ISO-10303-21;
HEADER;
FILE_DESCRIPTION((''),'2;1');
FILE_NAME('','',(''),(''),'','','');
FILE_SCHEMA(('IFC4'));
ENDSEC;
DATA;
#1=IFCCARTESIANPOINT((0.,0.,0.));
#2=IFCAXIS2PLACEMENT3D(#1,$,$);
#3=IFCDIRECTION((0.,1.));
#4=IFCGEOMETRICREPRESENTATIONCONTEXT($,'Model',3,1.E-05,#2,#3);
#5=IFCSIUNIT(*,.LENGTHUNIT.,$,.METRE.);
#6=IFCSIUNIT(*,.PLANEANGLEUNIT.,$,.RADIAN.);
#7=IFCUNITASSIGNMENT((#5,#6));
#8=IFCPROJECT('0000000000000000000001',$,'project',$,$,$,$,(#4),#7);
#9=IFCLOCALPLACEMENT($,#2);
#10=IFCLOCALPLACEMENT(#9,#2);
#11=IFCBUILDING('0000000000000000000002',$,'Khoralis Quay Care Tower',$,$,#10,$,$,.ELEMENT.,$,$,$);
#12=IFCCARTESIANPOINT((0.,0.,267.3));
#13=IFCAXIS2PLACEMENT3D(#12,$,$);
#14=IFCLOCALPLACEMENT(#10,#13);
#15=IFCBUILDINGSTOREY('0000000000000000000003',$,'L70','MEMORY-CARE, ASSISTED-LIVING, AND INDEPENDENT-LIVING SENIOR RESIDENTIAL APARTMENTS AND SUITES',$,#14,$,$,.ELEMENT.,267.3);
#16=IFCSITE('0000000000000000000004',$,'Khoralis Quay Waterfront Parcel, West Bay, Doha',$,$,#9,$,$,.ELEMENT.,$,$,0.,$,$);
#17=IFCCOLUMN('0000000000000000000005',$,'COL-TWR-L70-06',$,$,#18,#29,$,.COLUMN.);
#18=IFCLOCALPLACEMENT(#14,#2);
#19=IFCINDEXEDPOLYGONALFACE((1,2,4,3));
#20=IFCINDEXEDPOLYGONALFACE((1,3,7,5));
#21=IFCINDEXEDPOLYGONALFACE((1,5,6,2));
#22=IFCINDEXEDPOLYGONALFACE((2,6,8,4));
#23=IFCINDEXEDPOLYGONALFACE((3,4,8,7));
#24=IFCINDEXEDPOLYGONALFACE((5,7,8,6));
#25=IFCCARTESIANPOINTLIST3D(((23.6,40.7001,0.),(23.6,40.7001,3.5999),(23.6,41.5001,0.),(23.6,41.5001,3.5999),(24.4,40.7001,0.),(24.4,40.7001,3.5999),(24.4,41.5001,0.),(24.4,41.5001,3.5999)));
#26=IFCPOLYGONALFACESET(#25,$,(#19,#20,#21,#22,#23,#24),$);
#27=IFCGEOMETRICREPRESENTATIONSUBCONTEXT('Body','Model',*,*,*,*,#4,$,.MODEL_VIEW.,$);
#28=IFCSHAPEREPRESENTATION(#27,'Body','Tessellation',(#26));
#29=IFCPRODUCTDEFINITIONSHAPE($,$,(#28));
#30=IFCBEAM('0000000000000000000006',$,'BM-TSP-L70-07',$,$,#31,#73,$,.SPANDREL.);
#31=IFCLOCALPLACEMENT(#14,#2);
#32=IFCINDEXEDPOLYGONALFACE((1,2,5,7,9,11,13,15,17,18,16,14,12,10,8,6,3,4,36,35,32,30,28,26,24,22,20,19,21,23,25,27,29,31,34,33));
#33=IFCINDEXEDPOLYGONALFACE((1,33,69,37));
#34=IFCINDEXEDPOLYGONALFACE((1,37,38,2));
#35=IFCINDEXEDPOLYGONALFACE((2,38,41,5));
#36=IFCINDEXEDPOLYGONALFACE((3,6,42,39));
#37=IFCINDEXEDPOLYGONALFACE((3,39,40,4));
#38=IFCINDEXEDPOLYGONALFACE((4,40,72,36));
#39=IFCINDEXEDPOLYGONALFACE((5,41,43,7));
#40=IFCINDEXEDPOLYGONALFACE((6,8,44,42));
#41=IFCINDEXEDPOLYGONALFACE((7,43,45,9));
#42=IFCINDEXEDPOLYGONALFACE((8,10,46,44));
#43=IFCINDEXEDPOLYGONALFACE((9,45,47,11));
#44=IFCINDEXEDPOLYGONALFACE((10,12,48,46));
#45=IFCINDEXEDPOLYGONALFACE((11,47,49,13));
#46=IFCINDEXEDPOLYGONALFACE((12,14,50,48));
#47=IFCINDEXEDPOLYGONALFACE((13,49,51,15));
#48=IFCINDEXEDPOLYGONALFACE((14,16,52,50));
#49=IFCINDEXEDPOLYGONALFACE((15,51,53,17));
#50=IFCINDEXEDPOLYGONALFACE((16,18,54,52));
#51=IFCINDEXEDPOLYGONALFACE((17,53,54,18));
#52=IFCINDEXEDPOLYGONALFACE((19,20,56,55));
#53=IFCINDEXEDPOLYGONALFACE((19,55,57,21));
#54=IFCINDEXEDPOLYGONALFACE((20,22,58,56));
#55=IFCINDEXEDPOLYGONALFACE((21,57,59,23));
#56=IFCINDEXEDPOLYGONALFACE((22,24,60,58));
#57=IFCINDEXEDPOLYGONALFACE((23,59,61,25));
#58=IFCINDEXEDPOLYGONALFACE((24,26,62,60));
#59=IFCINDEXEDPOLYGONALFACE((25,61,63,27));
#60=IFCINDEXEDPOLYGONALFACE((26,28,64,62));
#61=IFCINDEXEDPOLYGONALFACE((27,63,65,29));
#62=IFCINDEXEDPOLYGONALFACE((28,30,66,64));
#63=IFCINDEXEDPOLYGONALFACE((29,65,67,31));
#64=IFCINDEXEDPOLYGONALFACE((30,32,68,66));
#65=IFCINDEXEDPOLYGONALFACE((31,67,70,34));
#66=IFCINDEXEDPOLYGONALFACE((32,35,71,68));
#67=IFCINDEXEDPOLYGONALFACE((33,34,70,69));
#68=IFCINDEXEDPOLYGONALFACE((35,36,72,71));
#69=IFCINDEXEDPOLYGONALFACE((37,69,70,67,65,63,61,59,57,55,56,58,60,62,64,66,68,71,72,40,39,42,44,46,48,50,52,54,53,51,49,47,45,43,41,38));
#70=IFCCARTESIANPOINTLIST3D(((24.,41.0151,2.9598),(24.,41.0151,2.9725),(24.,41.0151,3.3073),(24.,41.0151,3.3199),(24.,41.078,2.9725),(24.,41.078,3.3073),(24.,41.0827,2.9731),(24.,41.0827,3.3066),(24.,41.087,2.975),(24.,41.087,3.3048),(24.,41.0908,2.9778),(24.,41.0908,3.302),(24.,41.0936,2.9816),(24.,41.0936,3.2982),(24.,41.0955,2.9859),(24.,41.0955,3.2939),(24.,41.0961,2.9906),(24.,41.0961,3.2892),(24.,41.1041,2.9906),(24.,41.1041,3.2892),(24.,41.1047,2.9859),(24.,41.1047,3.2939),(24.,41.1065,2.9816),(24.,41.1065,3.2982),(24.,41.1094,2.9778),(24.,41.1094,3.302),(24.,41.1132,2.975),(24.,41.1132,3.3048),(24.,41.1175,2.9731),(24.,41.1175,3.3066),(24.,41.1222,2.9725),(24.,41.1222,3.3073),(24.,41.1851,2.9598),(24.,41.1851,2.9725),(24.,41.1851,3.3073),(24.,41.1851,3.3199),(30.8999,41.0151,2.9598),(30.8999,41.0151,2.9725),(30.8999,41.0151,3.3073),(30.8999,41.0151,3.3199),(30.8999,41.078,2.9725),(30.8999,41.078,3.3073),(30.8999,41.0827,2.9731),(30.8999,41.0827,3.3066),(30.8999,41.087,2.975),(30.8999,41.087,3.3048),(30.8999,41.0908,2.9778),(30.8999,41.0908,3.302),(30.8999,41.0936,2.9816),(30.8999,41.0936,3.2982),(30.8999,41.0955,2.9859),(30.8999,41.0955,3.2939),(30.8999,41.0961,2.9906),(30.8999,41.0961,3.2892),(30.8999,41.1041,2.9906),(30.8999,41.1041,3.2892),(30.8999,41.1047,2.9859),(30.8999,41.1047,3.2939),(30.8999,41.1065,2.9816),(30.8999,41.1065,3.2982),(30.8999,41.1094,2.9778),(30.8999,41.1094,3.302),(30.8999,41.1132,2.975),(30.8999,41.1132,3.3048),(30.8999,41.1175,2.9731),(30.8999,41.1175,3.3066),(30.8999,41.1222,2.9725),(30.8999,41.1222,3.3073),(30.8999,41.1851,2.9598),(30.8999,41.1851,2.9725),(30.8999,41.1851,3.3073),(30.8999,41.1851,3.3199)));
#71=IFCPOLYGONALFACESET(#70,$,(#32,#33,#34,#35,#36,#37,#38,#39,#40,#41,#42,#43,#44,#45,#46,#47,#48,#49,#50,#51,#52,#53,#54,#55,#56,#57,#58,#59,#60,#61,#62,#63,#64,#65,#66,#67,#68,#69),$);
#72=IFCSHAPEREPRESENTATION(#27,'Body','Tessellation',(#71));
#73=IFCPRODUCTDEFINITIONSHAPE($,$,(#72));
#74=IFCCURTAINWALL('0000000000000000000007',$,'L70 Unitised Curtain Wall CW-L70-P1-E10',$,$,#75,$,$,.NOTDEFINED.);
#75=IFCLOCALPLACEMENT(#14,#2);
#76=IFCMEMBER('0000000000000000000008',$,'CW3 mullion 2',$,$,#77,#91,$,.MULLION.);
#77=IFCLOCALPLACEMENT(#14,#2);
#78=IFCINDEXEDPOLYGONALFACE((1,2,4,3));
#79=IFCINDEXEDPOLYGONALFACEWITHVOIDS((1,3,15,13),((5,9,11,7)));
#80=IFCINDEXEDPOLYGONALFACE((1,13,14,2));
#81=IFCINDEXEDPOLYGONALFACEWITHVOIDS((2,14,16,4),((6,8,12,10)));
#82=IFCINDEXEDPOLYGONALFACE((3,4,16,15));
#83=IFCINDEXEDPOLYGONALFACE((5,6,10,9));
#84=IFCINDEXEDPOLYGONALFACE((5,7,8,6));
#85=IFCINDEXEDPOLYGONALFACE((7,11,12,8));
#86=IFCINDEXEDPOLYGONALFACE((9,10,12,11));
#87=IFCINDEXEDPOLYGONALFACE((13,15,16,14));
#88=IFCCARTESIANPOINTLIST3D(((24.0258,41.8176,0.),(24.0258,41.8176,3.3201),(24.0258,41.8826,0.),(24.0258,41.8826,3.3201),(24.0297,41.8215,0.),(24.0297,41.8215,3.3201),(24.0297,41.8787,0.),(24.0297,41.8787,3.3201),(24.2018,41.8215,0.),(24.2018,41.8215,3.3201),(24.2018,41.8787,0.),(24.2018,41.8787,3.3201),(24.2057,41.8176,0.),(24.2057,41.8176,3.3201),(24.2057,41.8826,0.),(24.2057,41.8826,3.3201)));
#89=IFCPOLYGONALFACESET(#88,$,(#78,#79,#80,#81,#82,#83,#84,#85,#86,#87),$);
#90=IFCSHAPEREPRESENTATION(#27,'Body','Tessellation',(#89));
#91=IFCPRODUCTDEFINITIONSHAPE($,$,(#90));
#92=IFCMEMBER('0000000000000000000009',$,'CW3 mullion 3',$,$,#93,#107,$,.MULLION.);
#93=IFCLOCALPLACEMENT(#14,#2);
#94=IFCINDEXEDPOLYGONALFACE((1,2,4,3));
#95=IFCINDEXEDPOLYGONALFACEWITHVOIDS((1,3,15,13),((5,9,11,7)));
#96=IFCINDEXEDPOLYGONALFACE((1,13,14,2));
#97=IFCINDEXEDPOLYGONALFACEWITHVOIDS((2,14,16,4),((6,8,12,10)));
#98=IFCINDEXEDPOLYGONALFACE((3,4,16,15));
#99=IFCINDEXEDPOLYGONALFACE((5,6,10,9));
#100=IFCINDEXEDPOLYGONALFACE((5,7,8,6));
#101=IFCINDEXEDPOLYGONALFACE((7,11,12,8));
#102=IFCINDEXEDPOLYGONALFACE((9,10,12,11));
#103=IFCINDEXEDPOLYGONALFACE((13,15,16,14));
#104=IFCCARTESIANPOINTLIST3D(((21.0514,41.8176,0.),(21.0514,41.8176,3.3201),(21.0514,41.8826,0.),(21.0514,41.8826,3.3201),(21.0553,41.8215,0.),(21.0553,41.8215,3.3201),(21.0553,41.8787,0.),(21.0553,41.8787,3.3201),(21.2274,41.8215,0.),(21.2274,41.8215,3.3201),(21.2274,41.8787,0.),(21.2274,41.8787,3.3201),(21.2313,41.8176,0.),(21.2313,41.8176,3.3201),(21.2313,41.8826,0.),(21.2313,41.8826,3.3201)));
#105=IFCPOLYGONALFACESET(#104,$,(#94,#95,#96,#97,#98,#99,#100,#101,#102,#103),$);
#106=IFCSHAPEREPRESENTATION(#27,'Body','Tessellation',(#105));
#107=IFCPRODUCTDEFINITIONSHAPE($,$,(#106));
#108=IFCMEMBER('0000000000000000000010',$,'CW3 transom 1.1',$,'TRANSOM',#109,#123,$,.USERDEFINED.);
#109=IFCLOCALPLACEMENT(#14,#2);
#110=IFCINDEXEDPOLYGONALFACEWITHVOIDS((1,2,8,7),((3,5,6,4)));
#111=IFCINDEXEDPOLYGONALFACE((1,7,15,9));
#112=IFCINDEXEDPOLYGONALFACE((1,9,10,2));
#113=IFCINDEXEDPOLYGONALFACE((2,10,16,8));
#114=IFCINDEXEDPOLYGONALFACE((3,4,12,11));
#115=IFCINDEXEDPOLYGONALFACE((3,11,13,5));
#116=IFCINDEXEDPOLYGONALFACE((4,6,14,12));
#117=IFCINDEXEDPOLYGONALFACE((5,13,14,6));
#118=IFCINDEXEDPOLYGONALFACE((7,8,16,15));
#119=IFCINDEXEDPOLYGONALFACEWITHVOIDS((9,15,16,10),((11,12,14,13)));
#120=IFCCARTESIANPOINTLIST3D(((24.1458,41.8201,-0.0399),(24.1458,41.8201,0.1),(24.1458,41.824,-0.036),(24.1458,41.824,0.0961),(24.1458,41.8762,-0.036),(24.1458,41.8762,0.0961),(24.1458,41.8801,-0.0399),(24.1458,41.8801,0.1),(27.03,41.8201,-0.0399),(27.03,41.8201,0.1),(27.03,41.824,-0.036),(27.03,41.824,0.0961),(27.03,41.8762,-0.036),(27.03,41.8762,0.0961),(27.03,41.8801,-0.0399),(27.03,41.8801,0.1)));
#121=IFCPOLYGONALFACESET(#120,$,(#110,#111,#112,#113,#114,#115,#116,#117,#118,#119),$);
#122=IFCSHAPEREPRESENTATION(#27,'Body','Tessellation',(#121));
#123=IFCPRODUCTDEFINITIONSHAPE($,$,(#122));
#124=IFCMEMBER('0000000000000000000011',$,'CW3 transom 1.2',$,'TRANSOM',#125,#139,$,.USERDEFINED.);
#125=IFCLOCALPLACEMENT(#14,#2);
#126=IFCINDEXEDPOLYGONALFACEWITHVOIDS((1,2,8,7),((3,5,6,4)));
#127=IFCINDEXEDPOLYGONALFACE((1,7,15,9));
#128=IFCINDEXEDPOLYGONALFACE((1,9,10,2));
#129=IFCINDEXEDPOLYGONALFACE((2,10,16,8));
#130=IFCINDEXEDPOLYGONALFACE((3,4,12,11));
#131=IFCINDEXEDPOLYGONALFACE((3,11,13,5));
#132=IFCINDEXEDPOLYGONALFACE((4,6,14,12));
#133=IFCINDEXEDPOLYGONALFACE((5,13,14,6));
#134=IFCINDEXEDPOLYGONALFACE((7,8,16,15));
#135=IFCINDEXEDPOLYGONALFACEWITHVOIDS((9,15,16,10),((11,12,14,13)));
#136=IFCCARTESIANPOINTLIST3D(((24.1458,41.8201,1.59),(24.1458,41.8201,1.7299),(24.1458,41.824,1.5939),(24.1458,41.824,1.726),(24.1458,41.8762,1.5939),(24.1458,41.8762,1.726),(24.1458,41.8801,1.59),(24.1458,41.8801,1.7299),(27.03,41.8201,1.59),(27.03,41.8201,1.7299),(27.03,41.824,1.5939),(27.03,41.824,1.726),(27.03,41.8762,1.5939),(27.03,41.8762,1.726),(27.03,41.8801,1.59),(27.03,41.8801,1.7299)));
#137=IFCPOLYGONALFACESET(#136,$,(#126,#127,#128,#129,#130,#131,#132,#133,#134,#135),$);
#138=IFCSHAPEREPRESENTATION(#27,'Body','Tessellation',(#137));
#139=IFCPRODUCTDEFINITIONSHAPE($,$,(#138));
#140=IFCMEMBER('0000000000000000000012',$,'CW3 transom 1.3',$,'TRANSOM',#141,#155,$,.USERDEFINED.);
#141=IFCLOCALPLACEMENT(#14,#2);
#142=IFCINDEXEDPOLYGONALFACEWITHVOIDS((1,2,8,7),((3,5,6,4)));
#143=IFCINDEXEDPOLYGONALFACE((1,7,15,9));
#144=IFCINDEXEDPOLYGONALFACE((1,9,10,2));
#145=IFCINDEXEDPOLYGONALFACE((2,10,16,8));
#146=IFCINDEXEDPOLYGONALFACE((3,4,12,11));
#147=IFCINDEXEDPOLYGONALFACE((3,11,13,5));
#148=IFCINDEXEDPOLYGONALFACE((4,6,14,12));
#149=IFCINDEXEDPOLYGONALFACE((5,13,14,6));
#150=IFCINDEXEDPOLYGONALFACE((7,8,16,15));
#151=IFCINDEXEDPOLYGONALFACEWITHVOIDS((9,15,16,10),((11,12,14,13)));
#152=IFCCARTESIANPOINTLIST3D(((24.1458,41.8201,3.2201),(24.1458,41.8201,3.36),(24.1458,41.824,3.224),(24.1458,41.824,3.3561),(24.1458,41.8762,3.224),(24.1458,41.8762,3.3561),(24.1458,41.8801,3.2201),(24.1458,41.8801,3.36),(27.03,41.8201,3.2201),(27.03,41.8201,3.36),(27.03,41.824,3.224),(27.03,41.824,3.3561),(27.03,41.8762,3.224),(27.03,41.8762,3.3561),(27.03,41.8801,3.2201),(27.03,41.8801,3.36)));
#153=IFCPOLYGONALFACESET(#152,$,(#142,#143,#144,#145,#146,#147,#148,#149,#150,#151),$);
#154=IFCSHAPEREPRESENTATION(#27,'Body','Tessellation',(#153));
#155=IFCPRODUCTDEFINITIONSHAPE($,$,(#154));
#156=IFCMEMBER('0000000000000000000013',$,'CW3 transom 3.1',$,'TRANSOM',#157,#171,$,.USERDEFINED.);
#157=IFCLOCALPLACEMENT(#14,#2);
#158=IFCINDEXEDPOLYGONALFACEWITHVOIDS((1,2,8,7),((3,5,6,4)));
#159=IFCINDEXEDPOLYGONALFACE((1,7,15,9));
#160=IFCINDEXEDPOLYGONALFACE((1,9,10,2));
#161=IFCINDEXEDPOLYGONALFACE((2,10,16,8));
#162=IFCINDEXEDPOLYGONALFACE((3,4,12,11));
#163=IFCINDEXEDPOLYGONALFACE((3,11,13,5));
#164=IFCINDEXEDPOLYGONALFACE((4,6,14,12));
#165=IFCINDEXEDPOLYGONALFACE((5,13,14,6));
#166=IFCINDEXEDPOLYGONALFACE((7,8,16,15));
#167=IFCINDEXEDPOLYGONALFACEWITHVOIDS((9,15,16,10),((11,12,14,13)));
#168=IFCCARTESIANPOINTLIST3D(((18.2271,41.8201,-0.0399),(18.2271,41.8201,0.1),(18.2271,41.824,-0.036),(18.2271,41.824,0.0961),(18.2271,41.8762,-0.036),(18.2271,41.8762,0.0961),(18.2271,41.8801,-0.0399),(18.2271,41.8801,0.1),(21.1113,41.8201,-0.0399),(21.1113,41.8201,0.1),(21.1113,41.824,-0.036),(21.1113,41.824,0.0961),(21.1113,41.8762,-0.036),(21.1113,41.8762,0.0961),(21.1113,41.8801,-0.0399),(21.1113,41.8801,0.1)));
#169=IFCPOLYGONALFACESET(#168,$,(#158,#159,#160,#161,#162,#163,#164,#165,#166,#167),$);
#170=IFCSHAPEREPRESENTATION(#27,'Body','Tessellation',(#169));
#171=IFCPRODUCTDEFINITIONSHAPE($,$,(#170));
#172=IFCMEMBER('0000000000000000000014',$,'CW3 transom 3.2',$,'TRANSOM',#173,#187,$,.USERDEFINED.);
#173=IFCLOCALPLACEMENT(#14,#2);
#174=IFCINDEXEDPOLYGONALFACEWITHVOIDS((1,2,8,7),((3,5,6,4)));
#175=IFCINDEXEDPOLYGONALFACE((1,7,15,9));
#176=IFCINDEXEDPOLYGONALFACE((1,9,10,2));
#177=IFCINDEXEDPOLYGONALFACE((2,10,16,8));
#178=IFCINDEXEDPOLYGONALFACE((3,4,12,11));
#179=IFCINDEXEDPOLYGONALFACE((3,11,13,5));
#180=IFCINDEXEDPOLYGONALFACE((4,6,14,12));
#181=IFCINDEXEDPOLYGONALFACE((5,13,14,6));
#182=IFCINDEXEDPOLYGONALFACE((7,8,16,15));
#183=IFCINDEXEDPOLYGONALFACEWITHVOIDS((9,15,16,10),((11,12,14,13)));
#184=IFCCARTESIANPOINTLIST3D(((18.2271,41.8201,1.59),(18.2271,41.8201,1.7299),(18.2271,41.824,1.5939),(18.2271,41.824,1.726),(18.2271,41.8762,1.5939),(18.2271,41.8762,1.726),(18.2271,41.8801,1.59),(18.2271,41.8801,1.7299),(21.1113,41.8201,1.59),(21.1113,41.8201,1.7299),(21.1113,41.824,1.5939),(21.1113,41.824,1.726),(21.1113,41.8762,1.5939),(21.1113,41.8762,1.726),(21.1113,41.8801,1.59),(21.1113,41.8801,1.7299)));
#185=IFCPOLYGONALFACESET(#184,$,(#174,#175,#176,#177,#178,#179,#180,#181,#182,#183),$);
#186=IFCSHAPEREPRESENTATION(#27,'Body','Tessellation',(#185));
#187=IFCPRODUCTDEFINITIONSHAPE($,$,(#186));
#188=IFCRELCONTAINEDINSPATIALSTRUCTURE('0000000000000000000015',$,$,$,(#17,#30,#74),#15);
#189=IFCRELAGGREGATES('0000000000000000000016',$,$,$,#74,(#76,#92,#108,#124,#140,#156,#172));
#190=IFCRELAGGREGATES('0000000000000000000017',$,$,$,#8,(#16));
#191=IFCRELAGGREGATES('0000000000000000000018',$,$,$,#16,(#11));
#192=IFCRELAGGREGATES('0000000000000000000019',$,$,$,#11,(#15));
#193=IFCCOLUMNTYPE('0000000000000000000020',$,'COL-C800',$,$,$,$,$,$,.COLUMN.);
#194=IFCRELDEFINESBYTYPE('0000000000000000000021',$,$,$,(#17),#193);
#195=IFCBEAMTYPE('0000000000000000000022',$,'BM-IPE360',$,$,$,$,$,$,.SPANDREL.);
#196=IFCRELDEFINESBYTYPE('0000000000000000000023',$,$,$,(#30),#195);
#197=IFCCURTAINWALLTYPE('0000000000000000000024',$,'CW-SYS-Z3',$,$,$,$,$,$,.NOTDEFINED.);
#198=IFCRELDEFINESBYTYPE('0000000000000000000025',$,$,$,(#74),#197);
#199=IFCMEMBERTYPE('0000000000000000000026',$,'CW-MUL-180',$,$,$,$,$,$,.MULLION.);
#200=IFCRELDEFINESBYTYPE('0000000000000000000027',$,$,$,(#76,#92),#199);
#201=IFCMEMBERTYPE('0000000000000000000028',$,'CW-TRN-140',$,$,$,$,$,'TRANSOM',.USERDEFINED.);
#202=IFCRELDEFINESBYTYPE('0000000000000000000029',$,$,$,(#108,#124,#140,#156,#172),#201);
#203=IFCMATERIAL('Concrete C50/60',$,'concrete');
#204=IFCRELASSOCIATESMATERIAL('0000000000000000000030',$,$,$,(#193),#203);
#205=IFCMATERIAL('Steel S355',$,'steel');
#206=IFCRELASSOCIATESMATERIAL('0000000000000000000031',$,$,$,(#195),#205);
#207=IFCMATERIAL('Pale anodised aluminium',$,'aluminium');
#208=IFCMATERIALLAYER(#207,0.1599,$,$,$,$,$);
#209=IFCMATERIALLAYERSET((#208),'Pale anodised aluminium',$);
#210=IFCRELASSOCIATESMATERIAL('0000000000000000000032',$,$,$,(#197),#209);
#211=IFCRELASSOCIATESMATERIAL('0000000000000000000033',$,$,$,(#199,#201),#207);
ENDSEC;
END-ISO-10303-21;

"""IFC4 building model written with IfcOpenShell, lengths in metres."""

from ifc_helpers import new_model, si_unit, direction, frame, origin, origin_2d, place, context, subcontext, project, spatial, rectangle, hollow_rectangle, i_section, extrude, source, transform, mapped, material, layer, layer_set, material_profile, profile_set, type_object, element, aggregate, save


model = new_model("IFC4")

# Units and contexts
model_context = context("Model", 3, precision=1e-05, world=origin(), true_north=direction((0.0, 1.0)))
body_context = subcontext(model_context, "Body", "Model", "MODEL_VIEW")
ifc_project = project(units=[si_unit("LENGTHUNIT", "METRE"), si_unit("PLANEANGLEUNIT", "RADIAN")], contexts=[model_context])

# Site, building, storey
site_placement = place(None, origin())
site = spatial("IfcSite", under=ifc_project, at=site_placement, Name="Khoralis Quay Waterfront Parcel, West Bay, Doha", CompositionType="ELEMENT", RefElevation=0.0)
building_placement = place(site_placement, origin())
building = spatial("IfcBuilding", under=site, at=building_placement, Name="Khoralis Quay Care Tower", CompositionType="ELEMENT")
storey_placement = place(building_placement, frame((0.0, 0.0, 267.3)))
storey = spatial("IfcBuildingStorey", under=building, at=storey_placement, Name="L70", Description="MEMORY-CARE, ASSISTED-LIVING, AND INDEPENDENT-LIVING SENIOR RESIDENTIAL APARTMENTS AND SUITES", CompositionType="ELEMENT", Elevation=267.3)

# Column
ifc_material_1 = material(Name="Concrete C50/60", Category="concrete")
ifc_material_profile_1 = material_profile(ifc_material_1, rectangle(XDim=0.8, YDim=0.8, at=origin_2d()), Name="Concrete C50/60")
ifc_profile_set_1 = profile_set([ifc_material_profile_1], Name="Concrete C50/60")
column_type = type_object("IfcColumnType", Name="COL-C800", PredefinedType="COLUMN", material=ifc_profile_set_1)
shared_shape_1 = source(origin(), body_context, "Body", "SweptSolid", [
    extrude(rectangle(XDim=0.8, YDim=0.8, at=origin_2d()), origin(), (0.0, 0.0, 1.0), 3.5999),
])
column_placement = place(storey_placement, frame((24.0, 41.1001, 0.0), z_axis=(0.0, 0.0, 1.0), x_axis=(1.0, 0.0, 0.0)))
element("IfcColumn", 1, at=column_placement, inside=storey, type_object=column_type, Name="COL-TWR-L70-06", PredefinedType="COLUMN", context=body_context, shape_type="MappedRepresentation", body=[
    mapped(shared_shape_1, transform((0.0, 0.0, 0.0), scale=1.0)),
])

# Beam
ifc_material_2 = material(Name="Steel S355", Category="steel")
ifc_material_profile_2 = material_profile(ifc_material_2, i_section(OverallWidth=0.1699, OverallDepth=0.3601, WebThickness=0.0081, FlangeThickness=0.0127, FilletRadius=0.0181, at=origin_2d()), Name="Steel S355")
ifc_profile_set_2 = profile_set([ifc_material_profile_2], Name="Steel S355")
beam_type = type_object("IfcBeamType", Name="BM-IPE360", PredefinedType="SPANDREL", material=ifc_profile_set_2)
shared_shape_2 = source(origin(), body_context, "Body", "SweptSolid", [
    extrude(i_section(OverallWidth=0.1699, OverallDepth=0.3601, WebThickness=0.0081, FlangeThickness=0.0127, FilletRadius=0.0181, at=origin_2d()), origin(), (0.0, 0.0, 1.0), 6.8999),
])
beam_placement = place(storey_placement, frame((24.0, 41.1001, 3.1399), z_axis=(1.0, 0.0, 0.0), x_axis=(0.0, 1.0, 0.0)))
element("IfcBeam", 2, at=beam_placement, inside=storey, type_object=beam_type, Name="BM-TSP-L70-07", PredefinedType="SPANDREL", context=body_context, shape_type="MappedRepresentation", body=[
    mapped(shared_shape_2, transform((0.0, 0.0, 0.0), scale=1.0)),
])

# Curtain wall, members
ifc_material_3 = material(Name="Pale anodised aluminium", Category="aluminium")
ifc_layer_1 = layer(ifc_material_3, 0.1599)
ifc_layer_set_1 = layer_set([ifc_layer_1], Name="Pale anodised aluminium")
curtain_wall_type = type_object("IfcCurtainWallType", Name="CW-SYS-Z3", PredefinedType="NOTDEFINED", material=ifc_layer_set_1)
curtain_wall_placement = place(storey_placement, origin())
curtain_wall = element("IfcCurtainWall", 3, at=curtain_wall_placement, inside=storey, type_object=curtain_wall_type, Name="L70 Unitised Curtain Wall CW-L70-P1-E10", PredefinedType="NOTDEFINED")
ifc_material_profile_3 = material_profile(ifc_material_3, hollow_rectangle(XDim=0.0649, YDim=0.1799, WallThickness=0.0039, at=origin_2d()), Name="Pale anodised aluminium")
ifc_profile_set_3 = profile_set([ifc_material_profile_3], Name="Pale anodised aluminium")
member_type_1 = type_object("IfcMemberType", Name="CW-MUL-180", PredefinedType="MULLION", material=ifc_profile_set_3)
shared_shape_3 = source(origin(), body_context, "Body", "SweptSolid", [
    extrude(hollow_rectangle(XDim=0.0649, YDim=0.1799, WallThickness=0.0039, at=origin_2d()), origin(), (0.0, 0.0, 1.0), 3.3201),
])
member_1_placement = place(storey_placement, frame((24.1157, 41.8501, 0.0), z_axis=(0.0, 0.0, 1.0), x_axis=(0.0, -1.0, 0.0)))
member_1 = element("IfcMember", 4, at=member_1_placement, type_object=member_type_1, Name="CW3 mullion 2", PredefinedType="MULLION", context=body_context, shape_type="MappedRepresentation", body=[
    mapped(shared_shape_3, transform((0.0, 0.0, 0.0), scale=1.0)),
])
member_2_placement = place(storey_placement, frame((21.1414, 41.8501, 0.0), z_axis=(0.0, 0.0, 1.0), x_axis=(0.0, -1.0, 0.0)))
member_2 = element("IfcMember", 5, at=member_2_placement, type_object=member_type_1, Name="CW3 mullion 3", PredefinedType="MULLION", context=body_context, shape_type="MappedRepresentation", body=[
    mapped(shared_shape_3, transform((0.0, 0.0, 0.0), scale=1.0)),
])
ifc_material_profile_4 = material_profile(ifc_material_3, hollow_rectangle(XDim=0.0601, YDim=0.1399, WallThickness=0.0039, at=origin_2d()), Name="Pale anodised aluminium")
ifc_profile_set_4 = profile_set([ifc_material_profile_4], Name="Pale anodised aluminium")
member_type_2 = type_object("IfcMemberType", Name="CW-TRN-140", ElementType="TRANSOM", PredefinedType="USERDEFINED", material=ifc_profile_set_4)
shared_shape_4 = source(origin(), body_context, "Body", "SweptSolid", [
    extrude(hollow_rectangle(XDim=0.0601, YDim=0.1399, WallThickness=0.0039, at=origin_2d()), origin(), (0.0, 0.0, 1.0), 2.8843),
])
member_3_placement = place(storey_placement, frame((27.03, 41.8501, 0.03), z_axis=(-1.0, 0.0, 0.0), x_axis=(0.0, -1.0, 0.0)))
member_3 = element("IfcMember", 6, at=member_3_placement, type_object=member_type_2, Name="CW3 transom 1.1", ObjectType="TRANSOM", PredefinedType="USERDEFINED", context=body_context, shape_type="MappedRepresentation", body=[
    mapped(shared_shape_4, transform((0.0, 0.0, 0.0), scale=1.0)),
])
member_4_placement = place(storey_placement, frame((27.03, 41.8501, 1.6599), z_axis=(-1.0, 0.0, 0.0), x_axis=(0.0, -1.0, 0.0)))
member_4 = element("IfcMember", 7, at=member_4_placement, type_object=member_type_2, Name="CW3 transom 1.2", ObjectType="TRANSOM", PredefinedType="USERDEFINED", context=body_context, shape_type="MappedRepresentation", body=[
    mapped(shared_shape_4, transform((0.0, 0.0, 0.0), scale=1.0)),
])
member_5_placement = place(storey_placement, frame((27.03, 41.8501, 3.29), z_axis=(-1.0, 0.0, 0.0), x_axis=(0.0, -1.0, 0.0)))
member_5 = element("IfcMember", 8, at=member_5_placement, type_object=member_type_2, Name="CW3 transom 1.3", ObjectType="TRANSOM", PredefinedType="USERDEFINED", context=body_context, shape_type="MappedRepresentation", body=[
    mapped(shared_shape_4, transform((0.0, 0.0, 0.0), scale=1.0)),
])
member_6_placement = place(storey_placement, frame((21.1113, 41.8501, 0.03), z_axis=(-1.0, 0.0, 0.0), x_axis=(0.0, -1.0, 0.0)))
member_6 = element("IfcMember", 9, at=member_6_placement, type_object=member_type_2, Name="CW3 transom 3.1", ObjectType="TRANSOM", PredefinedType="USERDEFINED", context=body_context, shape_type="MappedRepresentation", body=[
    mapped(shared_shape_4, transform((0.0, 0.0, 0.0), scale=1.0)),
])
member_7_placement = place(storey_placement, frame((21.1113, 41.8501, 1.6599), z_axis=(-1.0, 0.0, 0.0), x_axis=(0.0, -1.0, 0.0)))
member_7 = element("IfcMember", 10, at=member_7_placement, type_object=member_type_2, Name="CW3 transom 3.2", ObjectType="TRANSOM", PredefinedType="USERDEFINED", context=body_context, shape_type="MappedRepresentation", body=[
    mapped(shared_shape_4, transform((0.0, 0.0, 0.0), scale=1.0)),
])
aggregate(curtain_wall, [member_1, member_2, member_3, member_4, member_5, member_6, member_7])

save(model, "model.ifc")
